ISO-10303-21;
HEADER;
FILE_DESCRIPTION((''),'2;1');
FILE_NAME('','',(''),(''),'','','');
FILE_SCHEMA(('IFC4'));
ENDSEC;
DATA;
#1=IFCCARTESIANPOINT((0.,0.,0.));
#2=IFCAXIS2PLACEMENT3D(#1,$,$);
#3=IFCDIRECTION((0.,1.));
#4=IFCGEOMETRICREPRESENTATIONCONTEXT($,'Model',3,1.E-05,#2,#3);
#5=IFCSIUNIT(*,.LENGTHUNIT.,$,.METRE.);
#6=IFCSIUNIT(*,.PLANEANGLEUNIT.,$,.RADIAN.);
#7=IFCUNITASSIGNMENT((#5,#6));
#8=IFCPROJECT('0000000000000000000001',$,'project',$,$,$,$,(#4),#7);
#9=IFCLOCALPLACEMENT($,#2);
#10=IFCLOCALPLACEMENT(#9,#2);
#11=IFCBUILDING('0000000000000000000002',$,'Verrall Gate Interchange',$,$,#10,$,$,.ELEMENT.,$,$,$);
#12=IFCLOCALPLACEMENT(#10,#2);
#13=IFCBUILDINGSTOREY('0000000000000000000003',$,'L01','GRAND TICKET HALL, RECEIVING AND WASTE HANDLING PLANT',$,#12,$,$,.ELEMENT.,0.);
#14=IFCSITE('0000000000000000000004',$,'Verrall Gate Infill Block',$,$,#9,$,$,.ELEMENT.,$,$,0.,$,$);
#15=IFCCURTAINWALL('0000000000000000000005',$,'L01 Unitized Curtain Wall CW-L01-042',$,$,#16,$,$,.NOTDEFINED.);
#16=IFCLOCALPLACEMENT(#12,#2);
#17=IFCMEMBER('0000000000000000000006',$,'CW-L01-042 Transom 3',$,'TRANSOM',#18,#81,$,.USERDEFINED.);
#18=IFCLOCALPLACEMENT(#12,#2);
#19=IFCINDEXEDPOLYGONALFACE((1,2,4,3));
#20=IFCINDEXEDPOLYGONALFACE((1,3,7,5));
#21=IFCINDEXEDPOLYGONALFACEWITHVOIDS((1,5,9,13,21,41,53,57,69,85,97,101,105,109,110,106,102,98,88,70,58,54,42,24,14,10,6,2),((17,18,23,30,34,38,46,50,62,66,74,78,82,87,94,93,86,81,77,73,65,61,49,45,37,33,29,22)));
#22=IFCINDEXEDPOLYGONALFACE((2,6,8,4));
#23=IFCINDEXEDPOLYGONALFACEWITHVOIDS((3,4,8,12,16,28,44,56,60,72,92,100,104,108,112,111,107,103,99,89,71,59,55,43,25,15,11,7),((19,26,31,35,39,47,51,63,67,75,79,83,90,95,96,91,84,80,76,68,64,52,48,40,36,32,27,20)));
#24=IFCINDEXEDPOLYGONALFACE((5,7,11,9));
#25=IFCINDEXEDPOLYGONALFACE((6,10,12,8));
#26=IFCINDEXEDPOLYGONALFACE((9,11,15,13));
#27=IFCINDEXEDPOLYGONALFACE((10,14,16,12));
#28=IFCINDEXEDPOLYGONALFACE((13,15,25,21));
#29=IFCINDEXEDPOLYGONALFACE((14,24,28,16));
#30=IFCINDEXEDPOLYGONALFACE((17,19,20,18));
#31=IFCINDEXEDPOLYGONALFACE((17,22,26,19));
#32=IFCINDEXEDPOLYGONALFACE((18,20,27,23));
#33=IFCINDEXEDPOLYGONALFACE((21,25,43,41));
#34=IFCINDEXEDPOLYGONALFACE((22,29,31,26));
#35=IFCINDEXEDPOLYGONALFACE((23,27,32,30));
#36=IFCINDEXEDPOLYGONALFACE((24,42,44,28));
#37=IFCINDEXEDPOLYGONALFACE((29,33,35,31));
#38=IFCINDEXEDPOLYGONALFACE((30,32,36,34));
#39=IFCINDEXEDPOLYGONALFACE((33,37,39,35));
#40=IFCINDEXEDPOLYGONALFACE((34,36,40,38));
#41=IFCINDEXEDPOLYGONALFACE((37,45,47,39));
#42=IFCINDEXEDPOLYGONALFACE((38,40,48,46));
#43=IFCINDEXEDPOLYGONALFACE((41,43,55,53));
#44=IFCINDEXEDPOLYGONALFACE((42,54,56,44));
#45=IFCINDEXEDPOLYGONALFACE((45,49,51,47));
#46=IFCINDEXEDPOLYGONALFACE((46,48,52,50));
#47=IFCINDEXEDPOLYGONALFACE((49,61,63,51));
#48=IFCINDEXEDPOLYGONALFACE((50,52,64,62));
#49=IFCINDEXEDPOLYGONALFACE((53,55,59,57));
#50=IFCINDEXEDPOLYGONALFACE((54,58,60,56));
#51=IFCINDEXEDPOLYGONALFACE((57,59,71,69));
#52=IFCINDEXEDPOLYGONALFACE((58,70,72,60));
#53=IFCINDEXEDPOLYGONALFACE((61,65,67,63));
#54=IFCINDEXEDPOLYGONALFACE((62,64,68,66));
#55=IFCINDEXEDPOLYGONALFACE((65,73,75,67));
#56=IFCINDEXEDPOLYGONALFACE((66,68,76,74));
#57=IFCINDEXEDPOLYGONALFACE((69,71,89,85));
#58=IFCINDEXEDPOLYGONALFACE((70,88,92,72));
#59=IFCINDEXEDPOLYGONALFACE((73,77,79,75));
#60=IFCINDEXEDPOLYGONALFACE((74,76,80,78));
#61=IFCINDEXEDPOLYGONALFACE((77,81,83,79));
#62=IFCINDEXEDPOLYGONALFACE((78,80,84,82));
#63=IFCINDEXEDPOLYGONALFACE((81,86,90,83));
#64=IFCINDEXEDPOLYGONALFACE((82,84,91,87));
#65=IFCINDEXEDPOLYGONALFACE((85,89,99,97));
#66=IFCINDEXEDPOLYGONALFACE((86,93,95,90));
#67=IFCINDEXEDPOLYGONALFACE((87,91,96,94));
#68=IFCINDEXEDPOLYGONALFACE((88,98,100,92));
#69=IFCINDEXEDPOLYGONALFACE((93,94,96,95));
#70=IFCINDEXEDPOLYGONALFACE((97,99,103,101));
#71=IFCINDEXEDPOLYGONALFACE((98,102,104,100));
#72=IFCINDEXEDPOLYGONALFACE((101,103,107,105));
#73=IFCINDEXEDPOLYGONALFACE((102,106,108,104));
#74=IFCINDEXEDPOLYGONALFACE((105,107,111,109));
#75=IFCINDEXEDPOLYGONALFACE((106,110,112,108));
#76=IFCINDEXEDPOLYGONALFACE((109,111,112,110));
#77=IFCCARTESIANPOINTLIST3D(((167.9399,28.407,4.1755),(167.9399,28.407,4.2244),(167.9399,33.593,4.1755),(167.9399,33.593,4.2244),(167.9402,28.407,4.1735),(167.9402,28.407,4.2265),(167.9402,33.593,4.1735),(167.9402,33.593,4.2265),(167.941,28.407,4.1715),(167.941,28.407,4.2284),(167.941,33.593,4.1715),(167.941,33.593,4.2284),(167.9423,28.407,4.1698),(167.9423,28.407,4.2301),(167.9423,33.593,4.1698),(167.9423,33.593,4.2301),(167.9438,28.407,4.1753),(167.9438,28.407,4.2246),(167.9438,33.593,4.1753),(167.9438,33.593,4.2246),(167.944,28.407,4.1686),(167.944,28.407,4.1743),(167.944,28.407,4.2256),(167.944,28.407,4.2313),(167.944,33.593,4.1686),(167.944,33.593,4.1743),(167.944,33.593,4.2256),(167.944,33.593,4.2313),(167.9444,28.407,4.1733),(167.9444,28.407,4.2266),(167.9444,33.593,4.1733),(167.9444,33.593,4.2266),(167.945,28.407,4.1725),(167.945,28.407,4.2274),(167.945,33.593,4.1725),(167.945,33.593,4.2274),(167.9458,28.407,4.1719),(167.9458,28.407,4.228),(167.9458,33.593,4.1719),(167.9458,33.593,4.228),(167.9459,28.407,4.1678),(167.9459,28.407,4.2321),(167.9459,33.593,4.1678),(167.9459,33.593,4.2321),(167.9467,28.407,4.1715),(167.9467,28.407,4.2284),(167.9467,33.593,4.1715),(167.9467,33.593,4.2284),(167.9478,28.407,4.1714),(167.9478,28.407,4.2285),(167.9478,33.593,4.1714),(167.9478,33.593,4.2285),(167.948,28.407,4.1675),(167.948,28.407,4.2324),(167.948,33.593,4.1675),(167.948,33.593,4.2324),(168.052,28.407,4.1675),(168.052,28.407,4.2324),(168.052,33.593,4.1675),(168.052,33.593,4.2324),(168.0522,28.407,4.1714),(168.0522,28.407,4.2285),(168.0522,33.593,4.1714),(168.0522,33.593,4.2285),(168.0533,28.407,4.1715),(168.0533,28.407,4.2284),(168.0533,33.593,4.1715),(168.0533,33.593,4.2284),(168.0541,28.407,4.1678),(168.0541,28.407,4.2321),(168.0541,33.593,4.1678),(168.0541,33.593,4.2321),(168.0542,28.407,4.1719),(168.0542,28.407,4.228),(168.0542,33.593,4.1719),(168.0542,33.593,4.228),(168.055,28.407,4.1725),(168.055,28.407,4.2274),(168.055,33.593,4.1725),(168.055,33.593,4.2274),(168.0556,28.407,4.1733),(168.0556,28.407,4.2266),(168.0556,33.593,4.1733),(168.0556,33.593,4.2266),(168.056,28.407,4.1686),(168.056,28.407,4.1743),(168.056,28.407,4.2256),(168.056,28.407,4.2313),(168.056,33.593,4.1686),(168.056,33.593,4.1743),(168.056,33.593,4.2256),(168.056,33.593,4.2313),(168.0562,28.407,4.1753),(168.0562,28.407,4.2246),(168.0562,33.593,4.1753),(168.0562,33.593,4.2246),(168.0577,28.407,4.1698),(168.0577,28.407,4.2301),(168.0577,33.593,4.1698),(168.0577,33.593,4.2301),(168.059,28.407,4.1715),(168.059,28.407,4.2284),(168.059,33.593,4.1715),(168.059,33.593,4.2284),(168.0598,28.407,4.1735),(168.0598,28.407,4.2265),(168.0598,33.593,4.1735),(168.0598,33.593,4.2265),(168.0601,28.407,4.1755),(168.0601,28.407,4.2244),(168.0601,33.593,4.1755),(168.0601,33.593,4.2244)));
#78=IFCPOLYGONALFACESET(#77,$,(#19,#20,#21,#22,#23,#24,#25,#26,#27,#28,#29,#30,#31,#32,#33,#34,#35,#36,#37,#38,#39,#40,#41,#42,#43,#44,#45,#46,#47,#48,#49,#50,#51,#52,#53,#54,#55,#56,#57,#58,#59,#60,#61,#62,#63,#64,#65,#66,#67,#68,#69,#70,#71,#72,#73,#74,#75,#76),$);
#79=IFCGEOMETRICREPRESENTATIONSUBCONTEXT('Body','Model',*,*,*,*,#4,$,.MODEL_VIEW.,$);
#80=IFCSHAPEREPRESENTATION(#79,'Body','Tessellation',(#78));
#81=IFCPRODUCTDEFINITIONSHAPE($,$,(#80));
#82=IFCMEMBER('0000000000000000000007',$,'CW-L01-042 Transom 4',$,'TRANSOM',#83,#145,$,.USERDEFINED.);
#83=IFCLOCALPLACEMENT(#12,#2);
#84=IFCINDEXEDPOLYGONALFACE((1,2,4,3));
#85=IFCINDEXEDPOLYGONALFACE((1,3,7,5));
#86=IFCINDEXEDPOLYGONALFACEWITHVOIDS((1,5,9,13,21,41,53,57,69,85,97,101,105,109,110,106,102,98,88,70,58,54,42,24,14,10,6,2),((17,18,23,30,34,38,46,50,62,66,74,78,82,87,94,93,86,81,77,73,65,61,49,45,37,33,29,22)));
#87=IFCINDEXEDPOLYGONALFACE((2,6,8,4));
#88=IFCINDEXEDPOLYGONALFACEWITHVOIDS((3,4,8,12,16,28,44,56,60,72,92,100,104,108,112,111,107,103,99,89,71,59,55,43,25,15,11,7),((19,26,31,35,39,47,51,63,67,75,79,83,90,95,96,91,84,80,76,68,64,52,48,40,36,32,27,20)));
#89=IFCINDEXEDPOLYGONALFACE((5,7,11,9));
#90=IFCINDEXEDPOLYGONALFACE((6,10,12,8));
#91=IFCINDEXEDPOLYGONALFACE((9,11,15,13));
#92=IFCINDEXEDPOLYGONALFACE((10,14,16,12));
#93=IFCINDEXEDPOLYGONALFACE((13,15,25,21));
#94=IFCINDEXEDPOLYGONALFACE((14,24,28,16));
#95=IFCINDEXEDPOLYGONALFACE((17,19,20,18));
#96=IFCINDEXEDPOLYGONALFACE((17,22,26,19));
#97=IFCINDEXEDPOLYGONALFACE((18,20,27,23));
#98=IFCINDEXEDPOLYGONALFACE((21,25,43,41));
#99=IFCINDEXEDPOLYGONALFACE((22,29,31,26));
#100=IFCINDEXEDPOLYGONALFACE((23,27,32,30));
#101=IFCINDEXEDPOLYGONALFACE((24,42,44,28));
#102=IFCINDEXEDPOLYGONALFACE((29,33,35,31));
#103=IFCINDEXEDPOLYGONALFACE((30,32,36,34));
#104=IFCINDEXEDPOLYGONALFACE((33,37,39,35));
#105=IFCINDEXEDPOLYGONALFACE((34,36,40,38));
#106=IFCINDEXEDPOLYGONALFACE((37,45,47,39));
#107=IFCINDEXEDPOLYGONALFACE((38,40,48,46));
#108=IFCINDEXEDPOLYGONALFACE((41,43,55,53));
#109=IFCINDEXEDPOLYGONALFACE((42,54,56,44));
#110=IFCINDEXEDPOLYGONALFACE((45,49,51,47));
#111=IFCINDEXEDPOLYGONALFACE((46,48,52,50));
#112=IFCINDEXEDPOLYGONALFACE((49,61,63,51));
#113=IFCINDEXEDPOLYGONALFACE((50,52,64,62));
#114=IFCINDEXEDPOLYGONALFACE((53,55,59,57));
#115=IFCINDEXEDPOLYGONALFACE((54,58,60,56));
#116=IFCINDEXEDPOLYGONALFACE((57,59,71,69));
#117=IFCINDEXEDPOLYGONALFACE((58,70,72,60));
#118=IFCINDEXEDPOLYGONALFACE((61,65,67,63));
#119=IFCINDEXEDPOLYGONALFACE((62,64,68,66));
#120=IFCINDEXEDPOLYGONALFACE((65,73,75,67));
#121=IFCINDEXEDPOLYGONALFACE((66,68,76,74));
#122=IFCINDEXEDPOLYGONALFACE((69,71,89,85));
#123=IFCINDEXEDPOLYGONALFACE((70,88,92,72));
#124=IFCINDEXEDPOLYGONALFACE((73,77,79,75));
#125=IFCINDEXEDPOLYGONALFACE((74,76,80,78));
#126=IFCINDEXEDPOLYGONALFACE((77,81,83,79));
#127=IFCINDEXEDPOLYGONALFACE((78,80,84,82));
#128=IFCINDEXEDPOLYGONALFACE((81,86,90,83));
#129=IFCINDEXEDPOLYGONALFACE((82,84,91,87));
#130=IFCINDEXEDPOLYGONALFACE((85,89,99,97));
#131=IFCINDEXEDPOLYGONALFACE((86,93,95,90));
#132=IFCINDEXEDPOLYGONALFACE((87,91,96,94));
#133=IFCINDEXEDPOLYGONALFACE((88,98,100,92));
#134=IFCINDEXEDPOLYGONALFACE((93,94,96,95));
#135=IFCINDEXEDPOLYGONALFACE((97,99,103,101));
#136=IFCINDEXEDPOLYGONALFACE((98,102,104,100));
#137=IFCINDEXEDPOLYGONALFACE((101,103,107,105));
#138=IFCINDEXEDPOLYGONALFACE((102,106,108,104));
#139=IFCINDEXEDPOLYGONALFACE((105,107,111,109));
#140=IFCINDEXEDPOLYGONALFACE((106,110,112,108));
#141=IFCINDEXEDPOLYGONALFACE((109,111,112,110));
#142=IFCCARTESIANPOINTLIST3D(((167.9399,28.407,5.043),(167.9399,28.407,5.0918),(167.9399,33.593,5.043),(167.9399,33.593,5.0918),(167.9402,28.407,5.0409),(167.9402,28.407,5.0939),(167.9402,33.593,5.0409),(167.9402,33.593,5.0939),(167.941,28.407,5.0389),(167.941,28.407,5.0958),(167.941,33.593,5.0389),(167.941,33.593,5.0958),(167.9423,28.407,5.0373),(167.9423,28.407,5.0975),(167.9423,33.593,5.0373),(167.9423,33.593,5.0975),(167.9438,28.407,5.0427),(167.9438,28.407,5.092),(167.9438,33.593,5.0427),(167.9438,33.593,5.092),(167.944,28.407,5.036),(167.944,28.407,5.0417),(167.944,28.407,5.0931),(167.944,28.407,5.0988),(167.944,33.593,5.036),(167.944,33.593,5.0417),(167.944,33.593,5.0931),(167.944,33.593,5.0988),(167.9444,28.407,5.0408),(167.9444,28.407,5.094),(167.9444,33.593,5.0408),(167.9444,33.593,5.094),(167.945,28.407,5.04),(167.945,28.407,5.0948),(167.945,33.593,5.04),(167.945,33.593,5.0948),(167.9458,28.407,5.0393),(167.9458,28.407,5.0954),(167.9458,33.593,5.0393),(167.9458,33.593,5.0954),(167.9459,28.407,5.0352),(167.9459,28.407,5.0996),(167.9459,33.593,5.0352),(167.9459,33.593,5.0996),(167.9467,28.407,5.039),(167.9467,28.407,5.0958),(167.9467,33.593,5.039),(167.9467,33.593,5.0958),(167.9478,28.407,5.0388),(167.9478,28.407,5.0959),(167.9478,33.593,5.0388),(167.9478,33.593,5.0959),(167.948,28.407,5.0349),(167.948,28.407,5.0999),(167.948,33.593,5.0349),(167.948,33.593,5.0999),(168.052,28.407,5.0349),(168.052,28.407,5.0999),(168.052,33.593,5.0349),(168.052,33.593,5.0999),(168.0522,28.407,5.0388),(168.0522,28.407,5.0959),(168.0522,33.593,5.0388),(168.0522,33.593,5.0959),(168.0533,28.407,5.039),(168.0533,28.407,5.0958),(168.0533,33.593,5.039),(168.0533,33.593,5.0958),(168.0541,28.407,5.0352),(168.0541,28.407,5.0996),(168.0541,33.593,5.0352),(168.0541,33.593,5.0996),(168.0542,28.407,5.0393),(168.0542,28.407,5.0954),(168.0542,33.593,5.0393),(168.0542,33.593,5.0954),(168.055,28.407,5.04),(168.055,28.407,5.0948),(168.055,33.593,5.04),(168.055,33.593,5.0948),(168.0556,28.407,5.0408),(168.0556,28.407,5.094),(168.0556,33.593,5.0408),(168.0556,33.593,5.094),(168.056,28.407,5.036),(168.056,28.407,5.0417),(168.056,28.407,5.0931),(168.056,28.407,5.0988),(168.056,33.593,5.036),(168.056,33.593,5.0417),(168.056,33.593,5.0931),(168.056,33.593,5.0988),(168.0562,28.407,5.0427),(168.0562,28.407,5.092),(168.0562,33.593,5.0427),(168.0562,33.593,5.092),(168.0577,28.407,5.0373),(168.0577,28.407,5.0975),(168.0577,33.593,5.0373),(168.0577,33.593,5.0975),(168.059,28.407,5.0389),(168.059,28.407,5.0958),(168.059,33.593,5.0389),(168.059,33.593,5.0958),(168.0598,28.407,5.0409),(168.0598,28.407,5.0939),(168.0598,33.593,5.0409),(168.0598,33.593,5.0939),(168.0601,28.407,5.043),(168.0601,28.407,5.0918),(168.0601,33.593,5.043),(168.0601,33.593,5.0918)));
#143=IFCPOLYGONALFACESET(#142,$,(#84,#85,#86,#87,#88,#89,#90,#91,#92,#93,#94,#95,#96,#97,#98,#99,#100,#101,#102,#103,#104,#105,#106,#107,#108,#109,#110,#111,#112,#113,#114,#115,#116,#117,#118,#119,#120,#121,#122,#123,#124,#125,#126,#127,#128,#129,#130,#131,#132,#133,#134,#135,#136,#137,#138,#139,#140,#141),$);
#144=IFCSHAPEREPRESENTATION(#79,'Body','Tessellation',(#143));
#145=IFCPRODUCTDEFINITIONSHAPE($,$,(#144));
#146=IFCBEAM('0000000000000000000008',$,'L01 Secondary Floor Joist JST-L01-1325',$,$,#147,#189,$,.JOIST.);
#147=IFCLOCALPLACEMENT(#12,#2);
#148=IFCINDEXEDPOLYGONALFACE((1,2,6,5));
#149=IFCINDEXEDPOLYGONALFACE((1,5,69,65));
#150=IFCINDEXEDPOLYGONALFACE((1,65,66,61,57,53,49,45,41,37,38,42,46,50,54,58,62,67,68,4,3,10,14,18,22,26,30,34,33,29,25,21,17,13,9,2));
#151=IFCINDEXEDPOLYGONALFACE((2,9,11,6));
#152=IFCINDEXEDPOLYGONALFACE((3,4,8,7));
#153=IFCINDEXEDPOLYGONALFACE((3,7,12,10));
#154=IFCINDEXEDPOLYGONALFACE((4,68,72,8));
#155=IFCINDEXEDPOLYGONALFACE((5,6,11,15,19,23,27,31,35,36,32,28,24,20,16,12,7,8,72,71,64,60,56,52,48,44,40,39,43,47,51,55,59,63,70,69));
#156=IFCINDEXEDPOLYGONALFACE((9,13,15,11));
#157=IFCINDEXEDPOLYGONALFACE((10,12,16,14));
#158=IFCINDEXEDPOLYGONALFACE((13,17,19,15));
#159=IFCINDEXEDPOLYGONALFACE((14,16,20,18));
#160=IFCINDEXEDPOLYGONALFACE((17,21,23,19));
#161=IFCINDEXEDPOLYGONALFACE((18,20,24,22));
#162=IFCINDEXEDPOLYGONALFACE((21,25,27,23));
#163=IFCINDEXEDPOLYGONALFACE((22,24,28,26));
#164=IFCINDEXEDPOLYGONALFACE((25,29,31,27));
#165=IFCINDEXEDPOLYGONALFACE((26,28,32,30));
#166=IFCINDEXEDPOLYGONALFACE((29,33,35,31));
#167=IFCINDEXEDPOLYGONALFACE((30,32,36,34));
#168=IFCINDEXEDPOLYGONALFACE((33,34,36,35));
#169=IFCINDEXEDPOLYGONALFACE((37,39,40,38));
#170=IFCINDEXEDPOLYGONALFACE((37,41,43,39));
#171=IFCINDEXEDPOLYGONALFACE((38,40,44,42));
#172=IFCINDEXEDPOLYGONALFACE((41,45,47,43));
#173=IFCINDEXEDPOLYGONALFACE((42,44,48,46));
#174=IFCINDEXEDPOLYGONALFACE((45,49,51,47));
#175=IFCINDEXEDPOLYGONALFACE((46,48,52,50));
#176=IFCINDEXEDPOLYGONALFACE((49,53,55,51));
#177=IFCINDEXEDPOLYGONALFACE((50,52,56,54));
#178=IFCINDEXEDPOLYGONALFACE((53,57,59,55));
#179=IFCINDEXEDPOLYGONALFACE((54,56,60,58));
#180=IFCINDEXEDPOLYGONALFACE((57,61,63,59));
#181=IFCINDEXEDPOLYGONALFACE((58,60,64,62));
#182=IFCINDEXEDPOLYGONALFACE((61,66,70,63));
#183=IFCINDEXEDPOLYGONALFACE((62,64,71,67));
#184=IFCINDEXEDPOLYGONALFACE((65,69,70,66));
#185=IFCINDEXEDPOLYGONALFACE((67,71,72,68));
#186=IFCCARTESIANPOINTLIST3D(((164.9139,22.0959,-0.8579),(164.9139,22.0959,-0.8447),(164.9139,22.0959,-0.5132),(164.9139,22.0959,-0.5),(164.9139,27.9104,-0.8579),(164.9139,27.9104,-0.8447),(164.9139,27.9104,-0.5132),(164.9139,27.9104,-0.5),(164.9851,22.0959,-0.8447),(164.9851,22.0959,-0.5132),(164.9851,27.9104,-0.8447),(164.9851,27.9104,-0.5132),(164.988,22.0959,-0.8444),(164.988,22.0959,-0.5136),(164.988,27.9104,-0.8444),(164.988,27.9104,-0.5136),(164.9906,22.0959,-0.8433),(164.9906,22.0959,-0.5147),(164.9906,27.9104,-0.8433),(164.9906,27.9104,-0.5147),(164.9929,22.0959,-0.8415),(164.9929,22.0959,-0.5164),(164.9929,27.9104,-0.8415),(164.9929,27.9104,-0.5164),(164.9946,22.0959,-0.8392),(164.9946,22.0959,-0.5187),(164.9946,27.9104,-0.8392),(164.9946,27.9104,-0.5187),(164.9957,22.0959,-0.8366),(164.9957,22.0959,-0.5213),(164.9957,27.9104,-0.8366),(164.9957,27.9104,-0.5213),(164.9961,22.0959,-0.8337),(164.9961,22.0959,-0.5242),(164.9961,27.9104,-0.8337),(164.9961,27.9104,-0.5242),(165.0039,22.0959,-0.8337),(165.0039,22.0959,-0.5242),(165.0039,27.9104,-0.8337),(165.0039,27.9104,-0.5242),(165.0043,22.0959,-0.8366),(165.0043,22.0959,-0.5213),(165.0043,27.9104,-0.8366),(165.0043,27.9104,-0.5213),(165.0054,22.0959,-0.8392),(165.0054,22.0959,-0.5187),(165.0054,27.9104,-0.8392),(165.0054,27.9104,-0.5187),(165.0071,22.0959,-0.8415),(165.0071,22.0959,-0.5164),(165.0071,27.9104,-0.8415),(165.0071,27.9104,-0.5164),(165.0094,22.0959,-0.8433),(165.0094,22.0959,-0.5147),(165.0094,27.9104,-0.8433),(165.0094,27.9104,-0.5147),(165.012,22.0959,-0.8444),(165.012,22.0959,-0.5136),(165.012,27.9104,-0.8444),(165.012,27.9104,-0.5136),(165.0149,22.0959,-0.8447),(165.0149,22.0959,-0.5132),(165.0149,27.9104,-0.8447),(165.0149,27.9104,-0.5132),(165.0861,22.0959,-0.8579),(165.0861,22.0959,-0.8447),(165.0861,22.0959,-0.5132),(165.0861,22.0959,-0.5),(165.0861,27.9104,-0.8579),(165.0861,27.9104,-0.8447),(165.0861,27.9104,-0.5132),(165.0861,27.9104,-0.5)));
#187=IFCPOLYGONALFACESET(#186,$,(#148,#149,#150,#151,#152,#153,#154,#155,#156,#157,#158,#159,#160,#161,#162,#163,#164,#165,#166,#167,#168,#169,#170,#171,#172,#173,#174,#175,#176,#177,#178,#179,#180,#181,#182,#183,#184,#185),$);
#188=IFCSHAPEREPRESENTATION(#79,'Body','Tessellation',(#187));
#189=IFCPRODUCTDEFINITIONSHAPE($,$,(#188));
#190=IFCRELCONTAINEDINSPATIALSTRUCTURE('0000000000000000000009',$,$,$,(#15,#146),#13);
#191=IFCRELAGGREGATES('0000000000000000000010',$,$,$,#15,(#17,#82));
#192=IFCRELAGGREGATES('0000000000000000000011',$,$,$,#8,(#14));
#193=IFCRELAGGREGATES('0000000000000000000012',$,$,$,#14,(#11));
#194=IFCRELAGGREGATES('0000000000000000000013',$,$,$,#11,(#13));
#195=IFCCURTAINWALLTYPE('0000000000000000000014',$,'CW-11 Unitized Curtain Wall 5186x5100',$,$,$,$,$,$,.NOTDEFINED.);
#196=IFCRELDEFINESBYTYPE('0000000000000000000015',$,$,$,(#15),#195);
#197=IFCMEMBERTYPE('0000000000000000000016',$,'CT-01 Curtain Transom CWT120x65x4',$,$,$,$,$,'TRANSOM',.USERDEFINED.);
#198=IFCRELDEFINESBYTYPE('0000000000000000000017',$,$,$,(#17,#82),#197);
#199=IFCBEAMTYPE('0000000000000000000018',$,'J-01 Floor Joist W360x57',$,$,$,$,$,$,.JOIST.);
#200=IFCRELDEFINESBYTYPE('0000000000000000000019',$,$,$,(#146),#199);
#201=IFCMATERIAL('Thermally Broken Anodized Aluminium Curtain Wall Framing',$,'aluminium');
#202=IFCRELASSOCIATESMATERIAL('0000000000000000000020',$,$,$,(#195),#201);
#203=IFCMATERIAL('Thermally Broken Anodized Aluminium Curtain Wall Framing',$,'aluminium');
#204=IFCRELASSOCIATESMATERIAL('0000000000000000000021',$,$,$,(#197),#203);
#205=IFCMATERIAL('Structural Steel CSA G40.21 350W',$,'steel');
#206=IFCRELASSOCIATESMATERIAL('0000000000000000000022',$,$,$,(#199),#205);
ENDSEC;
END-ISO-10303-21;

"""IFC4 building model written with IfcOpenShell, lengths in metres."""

from ifc_helpers import new_model, si_unit, direction, frame, origin, origin_2d, place, context, subcontext, project, spatial, hollow_rectangle, i_section, extrude, material, material_profile, profile_set, type_object, element, aggregate, save


model = new_model("IFC4")

# Units and contexts
model_context = context("Model", 3, precision=1e-05, world=origin(), true_north=direction((0.0, 1.0)))
body_context = subcontext(model_context, "Body", "Model", "MODEL_VIEW")
ifc_project = project(units=[si_unit("LENGTHUNIT", "METRE"), si_unit("PLANEANGLEUNIT", "RADIAN")], contexts=[model_context])

# Site, building, storey
site_placement = place(None, origin())
site = spatial("IfcSite", under=ifc_project, at=site_placement, Name="Verrall Gate Infill Block", CompositionType="ELEMENT", RefElevation=0.0)
building_placement = place(site_placement, origin())
building = spatial("IfcBuilding", under=site, at=building_placement, Name="Verrall Gate Interchange", CompositionType="ELEMENT")
storey_placement = place(building_placement, origin())
storey = spatial("IfcBuildingStorey", under=building, at=storey_placement, Name="L01", Description="GRAND TICKET HALL, RECEIVING AND WASTE HANDLING PLANT", CompositionType="ELEMENT", Elevation=0.0)

# Curtain wall, members
ifc_material_1 = material(Name="Thermally Broken Anodized Aluminium Curtain Wall Framing", Category="aluminium")
curtain_wall_type = type_object("IfcCurtainWallType", Name="CW-11 Unitized Curtain Wall 5186x5100", PredefinedType="NOTDEFINED", material=ifc_material_1)
curtain_wall_placement = place(storey_placement, origin())
curtain_wall = element("IfcCurtainWall", 1, at=curtain_wall_placement, inside=storey, type_object=curtain_wall_type, Name="L01 Unitized Curtain Wall CW-L01-042", PredefinedType="NOTDEFINED")
ifc_material_2 = material(Name="Thermally Broken Anodized Aluminium Curtain Wall Framing", Category="aluminium")
ifc_material_profile_1 = material_profile(ifc_material_2, hollow_rectangle(XDim=0.1201, YDim=0.0649, WallThickness=0.0039, InnerFilletRadius=0.0039, OuterFilletRadius=0.0081, at=origin_2d()), Name="CWT120x65x4")
ifc_profile_set_1 = profile_set([ifc_material_profile_1], Name="Thermally Broken Anodized Aluminium Curtain Wall Framing")
member_type_1 = type_object("IfcMemberType", Name="CT-01 Curtain Transom CWT120x65x4", ElementType="TRANSOM", PredefinedType="USERDEFINED", material=ifc_profile_set_1)
member_1_placement = place(storey_placement, frame((168.0, 28.407, 4.2), z_axis=(0.0, 1.0, 0.0), x_axis=(-1.0, 0.0, 0.0)))
member_1 = element("IfcMember", 2, at=member_1_placement, type_object=member_type_1, Name="CW-L01-042 Transom 3", ObjectType="TRANSOM", PredefinedType="USERDEFINED", context=body_context, shape_type="SweptSolid", body=[
    extrude(hollow_rectangle(XDim=0.1201, YDim=0.0649, WallThickness=0.0039, InnerFilletRadius=0.0039, OuterFilletRadius=0.0081, at=origin_2d()), origin(), (0.0, 0.0, 1.0), 5.186),
])
member_2_placement = place(storey_placement, frame((168.0, 28.407, 5.0674), z_axis=(0.0, 1.0, 0.0), x_axis=(-1.0, 0.0, 0.0)))
member_2 = element("IfcMember", 3, at=member_2_placement, type_object=member_type_1, Name="CW-L01-042 Transom 4", ObjectType="TRANSOM", PredefinedType="USERDEFINED", context=body_context, shape_type="SweptSolid", body=[
    extrude(hollow_rectangle(XDim=0.1201, YDim=0.0649, WallThickness=0.0039, InnerFilletRadius=0.0039, OuterFilletRadius=0.0081, at=origin_2d()), origin(), (0.0, 0.0, 1.0), 5.186),
])

# Beam
ifc_material_3 = material(Name="Structural Steel CSA G40.21 350W", Category="steel")
ifc_material_profile_2 = material_profile(ifc_material_3, i_section(OverallWidth=0.1721, OverallDepth=0.3579, WebThickness=0.0078, FlangeThickness=0.0132, FilletRadius=0.011, at=origin_2d()), Name="W360x57")
ifc_profile_set_2 = profile_set([ifc_material_profile_2], Name="Structural Steel CSA G40.21 350W")
beam_type_1 = type_object("IfcBeamType", Name="J-01 Floor Joist W360x57", PredefinedType="JOIST", material=ifc_profile_set_2)
beam_1_placement = place(storey_placement, frame((165.0, 22.0959, -0.679), z_axis=(0.0, 1.0, 0.0), x_axis=(-1.0, 0.0, 0.0)))
element("IfcBeam", 4, at=beam_1_placement, inside=storey, type_object=beam_type_1, Name="L01 Secondary Floor Joist JST-L01-1325", PredefinedType="JOIST", context=body_context, shape_type="SweptSolid", body=[
    extrude(i_section(OverallWidth=0.1721, OverallDepth=0.3579, WebThickness=0.0078, FlangeThickness=0.0132, FilletRadius=0.011, at=origin_2d()), origin(), (0.0, 0.0, 1.0), 5.8145),
])

aggregate(curtain_wall, [member_1, member_2])

save(model, "model.ifc")
